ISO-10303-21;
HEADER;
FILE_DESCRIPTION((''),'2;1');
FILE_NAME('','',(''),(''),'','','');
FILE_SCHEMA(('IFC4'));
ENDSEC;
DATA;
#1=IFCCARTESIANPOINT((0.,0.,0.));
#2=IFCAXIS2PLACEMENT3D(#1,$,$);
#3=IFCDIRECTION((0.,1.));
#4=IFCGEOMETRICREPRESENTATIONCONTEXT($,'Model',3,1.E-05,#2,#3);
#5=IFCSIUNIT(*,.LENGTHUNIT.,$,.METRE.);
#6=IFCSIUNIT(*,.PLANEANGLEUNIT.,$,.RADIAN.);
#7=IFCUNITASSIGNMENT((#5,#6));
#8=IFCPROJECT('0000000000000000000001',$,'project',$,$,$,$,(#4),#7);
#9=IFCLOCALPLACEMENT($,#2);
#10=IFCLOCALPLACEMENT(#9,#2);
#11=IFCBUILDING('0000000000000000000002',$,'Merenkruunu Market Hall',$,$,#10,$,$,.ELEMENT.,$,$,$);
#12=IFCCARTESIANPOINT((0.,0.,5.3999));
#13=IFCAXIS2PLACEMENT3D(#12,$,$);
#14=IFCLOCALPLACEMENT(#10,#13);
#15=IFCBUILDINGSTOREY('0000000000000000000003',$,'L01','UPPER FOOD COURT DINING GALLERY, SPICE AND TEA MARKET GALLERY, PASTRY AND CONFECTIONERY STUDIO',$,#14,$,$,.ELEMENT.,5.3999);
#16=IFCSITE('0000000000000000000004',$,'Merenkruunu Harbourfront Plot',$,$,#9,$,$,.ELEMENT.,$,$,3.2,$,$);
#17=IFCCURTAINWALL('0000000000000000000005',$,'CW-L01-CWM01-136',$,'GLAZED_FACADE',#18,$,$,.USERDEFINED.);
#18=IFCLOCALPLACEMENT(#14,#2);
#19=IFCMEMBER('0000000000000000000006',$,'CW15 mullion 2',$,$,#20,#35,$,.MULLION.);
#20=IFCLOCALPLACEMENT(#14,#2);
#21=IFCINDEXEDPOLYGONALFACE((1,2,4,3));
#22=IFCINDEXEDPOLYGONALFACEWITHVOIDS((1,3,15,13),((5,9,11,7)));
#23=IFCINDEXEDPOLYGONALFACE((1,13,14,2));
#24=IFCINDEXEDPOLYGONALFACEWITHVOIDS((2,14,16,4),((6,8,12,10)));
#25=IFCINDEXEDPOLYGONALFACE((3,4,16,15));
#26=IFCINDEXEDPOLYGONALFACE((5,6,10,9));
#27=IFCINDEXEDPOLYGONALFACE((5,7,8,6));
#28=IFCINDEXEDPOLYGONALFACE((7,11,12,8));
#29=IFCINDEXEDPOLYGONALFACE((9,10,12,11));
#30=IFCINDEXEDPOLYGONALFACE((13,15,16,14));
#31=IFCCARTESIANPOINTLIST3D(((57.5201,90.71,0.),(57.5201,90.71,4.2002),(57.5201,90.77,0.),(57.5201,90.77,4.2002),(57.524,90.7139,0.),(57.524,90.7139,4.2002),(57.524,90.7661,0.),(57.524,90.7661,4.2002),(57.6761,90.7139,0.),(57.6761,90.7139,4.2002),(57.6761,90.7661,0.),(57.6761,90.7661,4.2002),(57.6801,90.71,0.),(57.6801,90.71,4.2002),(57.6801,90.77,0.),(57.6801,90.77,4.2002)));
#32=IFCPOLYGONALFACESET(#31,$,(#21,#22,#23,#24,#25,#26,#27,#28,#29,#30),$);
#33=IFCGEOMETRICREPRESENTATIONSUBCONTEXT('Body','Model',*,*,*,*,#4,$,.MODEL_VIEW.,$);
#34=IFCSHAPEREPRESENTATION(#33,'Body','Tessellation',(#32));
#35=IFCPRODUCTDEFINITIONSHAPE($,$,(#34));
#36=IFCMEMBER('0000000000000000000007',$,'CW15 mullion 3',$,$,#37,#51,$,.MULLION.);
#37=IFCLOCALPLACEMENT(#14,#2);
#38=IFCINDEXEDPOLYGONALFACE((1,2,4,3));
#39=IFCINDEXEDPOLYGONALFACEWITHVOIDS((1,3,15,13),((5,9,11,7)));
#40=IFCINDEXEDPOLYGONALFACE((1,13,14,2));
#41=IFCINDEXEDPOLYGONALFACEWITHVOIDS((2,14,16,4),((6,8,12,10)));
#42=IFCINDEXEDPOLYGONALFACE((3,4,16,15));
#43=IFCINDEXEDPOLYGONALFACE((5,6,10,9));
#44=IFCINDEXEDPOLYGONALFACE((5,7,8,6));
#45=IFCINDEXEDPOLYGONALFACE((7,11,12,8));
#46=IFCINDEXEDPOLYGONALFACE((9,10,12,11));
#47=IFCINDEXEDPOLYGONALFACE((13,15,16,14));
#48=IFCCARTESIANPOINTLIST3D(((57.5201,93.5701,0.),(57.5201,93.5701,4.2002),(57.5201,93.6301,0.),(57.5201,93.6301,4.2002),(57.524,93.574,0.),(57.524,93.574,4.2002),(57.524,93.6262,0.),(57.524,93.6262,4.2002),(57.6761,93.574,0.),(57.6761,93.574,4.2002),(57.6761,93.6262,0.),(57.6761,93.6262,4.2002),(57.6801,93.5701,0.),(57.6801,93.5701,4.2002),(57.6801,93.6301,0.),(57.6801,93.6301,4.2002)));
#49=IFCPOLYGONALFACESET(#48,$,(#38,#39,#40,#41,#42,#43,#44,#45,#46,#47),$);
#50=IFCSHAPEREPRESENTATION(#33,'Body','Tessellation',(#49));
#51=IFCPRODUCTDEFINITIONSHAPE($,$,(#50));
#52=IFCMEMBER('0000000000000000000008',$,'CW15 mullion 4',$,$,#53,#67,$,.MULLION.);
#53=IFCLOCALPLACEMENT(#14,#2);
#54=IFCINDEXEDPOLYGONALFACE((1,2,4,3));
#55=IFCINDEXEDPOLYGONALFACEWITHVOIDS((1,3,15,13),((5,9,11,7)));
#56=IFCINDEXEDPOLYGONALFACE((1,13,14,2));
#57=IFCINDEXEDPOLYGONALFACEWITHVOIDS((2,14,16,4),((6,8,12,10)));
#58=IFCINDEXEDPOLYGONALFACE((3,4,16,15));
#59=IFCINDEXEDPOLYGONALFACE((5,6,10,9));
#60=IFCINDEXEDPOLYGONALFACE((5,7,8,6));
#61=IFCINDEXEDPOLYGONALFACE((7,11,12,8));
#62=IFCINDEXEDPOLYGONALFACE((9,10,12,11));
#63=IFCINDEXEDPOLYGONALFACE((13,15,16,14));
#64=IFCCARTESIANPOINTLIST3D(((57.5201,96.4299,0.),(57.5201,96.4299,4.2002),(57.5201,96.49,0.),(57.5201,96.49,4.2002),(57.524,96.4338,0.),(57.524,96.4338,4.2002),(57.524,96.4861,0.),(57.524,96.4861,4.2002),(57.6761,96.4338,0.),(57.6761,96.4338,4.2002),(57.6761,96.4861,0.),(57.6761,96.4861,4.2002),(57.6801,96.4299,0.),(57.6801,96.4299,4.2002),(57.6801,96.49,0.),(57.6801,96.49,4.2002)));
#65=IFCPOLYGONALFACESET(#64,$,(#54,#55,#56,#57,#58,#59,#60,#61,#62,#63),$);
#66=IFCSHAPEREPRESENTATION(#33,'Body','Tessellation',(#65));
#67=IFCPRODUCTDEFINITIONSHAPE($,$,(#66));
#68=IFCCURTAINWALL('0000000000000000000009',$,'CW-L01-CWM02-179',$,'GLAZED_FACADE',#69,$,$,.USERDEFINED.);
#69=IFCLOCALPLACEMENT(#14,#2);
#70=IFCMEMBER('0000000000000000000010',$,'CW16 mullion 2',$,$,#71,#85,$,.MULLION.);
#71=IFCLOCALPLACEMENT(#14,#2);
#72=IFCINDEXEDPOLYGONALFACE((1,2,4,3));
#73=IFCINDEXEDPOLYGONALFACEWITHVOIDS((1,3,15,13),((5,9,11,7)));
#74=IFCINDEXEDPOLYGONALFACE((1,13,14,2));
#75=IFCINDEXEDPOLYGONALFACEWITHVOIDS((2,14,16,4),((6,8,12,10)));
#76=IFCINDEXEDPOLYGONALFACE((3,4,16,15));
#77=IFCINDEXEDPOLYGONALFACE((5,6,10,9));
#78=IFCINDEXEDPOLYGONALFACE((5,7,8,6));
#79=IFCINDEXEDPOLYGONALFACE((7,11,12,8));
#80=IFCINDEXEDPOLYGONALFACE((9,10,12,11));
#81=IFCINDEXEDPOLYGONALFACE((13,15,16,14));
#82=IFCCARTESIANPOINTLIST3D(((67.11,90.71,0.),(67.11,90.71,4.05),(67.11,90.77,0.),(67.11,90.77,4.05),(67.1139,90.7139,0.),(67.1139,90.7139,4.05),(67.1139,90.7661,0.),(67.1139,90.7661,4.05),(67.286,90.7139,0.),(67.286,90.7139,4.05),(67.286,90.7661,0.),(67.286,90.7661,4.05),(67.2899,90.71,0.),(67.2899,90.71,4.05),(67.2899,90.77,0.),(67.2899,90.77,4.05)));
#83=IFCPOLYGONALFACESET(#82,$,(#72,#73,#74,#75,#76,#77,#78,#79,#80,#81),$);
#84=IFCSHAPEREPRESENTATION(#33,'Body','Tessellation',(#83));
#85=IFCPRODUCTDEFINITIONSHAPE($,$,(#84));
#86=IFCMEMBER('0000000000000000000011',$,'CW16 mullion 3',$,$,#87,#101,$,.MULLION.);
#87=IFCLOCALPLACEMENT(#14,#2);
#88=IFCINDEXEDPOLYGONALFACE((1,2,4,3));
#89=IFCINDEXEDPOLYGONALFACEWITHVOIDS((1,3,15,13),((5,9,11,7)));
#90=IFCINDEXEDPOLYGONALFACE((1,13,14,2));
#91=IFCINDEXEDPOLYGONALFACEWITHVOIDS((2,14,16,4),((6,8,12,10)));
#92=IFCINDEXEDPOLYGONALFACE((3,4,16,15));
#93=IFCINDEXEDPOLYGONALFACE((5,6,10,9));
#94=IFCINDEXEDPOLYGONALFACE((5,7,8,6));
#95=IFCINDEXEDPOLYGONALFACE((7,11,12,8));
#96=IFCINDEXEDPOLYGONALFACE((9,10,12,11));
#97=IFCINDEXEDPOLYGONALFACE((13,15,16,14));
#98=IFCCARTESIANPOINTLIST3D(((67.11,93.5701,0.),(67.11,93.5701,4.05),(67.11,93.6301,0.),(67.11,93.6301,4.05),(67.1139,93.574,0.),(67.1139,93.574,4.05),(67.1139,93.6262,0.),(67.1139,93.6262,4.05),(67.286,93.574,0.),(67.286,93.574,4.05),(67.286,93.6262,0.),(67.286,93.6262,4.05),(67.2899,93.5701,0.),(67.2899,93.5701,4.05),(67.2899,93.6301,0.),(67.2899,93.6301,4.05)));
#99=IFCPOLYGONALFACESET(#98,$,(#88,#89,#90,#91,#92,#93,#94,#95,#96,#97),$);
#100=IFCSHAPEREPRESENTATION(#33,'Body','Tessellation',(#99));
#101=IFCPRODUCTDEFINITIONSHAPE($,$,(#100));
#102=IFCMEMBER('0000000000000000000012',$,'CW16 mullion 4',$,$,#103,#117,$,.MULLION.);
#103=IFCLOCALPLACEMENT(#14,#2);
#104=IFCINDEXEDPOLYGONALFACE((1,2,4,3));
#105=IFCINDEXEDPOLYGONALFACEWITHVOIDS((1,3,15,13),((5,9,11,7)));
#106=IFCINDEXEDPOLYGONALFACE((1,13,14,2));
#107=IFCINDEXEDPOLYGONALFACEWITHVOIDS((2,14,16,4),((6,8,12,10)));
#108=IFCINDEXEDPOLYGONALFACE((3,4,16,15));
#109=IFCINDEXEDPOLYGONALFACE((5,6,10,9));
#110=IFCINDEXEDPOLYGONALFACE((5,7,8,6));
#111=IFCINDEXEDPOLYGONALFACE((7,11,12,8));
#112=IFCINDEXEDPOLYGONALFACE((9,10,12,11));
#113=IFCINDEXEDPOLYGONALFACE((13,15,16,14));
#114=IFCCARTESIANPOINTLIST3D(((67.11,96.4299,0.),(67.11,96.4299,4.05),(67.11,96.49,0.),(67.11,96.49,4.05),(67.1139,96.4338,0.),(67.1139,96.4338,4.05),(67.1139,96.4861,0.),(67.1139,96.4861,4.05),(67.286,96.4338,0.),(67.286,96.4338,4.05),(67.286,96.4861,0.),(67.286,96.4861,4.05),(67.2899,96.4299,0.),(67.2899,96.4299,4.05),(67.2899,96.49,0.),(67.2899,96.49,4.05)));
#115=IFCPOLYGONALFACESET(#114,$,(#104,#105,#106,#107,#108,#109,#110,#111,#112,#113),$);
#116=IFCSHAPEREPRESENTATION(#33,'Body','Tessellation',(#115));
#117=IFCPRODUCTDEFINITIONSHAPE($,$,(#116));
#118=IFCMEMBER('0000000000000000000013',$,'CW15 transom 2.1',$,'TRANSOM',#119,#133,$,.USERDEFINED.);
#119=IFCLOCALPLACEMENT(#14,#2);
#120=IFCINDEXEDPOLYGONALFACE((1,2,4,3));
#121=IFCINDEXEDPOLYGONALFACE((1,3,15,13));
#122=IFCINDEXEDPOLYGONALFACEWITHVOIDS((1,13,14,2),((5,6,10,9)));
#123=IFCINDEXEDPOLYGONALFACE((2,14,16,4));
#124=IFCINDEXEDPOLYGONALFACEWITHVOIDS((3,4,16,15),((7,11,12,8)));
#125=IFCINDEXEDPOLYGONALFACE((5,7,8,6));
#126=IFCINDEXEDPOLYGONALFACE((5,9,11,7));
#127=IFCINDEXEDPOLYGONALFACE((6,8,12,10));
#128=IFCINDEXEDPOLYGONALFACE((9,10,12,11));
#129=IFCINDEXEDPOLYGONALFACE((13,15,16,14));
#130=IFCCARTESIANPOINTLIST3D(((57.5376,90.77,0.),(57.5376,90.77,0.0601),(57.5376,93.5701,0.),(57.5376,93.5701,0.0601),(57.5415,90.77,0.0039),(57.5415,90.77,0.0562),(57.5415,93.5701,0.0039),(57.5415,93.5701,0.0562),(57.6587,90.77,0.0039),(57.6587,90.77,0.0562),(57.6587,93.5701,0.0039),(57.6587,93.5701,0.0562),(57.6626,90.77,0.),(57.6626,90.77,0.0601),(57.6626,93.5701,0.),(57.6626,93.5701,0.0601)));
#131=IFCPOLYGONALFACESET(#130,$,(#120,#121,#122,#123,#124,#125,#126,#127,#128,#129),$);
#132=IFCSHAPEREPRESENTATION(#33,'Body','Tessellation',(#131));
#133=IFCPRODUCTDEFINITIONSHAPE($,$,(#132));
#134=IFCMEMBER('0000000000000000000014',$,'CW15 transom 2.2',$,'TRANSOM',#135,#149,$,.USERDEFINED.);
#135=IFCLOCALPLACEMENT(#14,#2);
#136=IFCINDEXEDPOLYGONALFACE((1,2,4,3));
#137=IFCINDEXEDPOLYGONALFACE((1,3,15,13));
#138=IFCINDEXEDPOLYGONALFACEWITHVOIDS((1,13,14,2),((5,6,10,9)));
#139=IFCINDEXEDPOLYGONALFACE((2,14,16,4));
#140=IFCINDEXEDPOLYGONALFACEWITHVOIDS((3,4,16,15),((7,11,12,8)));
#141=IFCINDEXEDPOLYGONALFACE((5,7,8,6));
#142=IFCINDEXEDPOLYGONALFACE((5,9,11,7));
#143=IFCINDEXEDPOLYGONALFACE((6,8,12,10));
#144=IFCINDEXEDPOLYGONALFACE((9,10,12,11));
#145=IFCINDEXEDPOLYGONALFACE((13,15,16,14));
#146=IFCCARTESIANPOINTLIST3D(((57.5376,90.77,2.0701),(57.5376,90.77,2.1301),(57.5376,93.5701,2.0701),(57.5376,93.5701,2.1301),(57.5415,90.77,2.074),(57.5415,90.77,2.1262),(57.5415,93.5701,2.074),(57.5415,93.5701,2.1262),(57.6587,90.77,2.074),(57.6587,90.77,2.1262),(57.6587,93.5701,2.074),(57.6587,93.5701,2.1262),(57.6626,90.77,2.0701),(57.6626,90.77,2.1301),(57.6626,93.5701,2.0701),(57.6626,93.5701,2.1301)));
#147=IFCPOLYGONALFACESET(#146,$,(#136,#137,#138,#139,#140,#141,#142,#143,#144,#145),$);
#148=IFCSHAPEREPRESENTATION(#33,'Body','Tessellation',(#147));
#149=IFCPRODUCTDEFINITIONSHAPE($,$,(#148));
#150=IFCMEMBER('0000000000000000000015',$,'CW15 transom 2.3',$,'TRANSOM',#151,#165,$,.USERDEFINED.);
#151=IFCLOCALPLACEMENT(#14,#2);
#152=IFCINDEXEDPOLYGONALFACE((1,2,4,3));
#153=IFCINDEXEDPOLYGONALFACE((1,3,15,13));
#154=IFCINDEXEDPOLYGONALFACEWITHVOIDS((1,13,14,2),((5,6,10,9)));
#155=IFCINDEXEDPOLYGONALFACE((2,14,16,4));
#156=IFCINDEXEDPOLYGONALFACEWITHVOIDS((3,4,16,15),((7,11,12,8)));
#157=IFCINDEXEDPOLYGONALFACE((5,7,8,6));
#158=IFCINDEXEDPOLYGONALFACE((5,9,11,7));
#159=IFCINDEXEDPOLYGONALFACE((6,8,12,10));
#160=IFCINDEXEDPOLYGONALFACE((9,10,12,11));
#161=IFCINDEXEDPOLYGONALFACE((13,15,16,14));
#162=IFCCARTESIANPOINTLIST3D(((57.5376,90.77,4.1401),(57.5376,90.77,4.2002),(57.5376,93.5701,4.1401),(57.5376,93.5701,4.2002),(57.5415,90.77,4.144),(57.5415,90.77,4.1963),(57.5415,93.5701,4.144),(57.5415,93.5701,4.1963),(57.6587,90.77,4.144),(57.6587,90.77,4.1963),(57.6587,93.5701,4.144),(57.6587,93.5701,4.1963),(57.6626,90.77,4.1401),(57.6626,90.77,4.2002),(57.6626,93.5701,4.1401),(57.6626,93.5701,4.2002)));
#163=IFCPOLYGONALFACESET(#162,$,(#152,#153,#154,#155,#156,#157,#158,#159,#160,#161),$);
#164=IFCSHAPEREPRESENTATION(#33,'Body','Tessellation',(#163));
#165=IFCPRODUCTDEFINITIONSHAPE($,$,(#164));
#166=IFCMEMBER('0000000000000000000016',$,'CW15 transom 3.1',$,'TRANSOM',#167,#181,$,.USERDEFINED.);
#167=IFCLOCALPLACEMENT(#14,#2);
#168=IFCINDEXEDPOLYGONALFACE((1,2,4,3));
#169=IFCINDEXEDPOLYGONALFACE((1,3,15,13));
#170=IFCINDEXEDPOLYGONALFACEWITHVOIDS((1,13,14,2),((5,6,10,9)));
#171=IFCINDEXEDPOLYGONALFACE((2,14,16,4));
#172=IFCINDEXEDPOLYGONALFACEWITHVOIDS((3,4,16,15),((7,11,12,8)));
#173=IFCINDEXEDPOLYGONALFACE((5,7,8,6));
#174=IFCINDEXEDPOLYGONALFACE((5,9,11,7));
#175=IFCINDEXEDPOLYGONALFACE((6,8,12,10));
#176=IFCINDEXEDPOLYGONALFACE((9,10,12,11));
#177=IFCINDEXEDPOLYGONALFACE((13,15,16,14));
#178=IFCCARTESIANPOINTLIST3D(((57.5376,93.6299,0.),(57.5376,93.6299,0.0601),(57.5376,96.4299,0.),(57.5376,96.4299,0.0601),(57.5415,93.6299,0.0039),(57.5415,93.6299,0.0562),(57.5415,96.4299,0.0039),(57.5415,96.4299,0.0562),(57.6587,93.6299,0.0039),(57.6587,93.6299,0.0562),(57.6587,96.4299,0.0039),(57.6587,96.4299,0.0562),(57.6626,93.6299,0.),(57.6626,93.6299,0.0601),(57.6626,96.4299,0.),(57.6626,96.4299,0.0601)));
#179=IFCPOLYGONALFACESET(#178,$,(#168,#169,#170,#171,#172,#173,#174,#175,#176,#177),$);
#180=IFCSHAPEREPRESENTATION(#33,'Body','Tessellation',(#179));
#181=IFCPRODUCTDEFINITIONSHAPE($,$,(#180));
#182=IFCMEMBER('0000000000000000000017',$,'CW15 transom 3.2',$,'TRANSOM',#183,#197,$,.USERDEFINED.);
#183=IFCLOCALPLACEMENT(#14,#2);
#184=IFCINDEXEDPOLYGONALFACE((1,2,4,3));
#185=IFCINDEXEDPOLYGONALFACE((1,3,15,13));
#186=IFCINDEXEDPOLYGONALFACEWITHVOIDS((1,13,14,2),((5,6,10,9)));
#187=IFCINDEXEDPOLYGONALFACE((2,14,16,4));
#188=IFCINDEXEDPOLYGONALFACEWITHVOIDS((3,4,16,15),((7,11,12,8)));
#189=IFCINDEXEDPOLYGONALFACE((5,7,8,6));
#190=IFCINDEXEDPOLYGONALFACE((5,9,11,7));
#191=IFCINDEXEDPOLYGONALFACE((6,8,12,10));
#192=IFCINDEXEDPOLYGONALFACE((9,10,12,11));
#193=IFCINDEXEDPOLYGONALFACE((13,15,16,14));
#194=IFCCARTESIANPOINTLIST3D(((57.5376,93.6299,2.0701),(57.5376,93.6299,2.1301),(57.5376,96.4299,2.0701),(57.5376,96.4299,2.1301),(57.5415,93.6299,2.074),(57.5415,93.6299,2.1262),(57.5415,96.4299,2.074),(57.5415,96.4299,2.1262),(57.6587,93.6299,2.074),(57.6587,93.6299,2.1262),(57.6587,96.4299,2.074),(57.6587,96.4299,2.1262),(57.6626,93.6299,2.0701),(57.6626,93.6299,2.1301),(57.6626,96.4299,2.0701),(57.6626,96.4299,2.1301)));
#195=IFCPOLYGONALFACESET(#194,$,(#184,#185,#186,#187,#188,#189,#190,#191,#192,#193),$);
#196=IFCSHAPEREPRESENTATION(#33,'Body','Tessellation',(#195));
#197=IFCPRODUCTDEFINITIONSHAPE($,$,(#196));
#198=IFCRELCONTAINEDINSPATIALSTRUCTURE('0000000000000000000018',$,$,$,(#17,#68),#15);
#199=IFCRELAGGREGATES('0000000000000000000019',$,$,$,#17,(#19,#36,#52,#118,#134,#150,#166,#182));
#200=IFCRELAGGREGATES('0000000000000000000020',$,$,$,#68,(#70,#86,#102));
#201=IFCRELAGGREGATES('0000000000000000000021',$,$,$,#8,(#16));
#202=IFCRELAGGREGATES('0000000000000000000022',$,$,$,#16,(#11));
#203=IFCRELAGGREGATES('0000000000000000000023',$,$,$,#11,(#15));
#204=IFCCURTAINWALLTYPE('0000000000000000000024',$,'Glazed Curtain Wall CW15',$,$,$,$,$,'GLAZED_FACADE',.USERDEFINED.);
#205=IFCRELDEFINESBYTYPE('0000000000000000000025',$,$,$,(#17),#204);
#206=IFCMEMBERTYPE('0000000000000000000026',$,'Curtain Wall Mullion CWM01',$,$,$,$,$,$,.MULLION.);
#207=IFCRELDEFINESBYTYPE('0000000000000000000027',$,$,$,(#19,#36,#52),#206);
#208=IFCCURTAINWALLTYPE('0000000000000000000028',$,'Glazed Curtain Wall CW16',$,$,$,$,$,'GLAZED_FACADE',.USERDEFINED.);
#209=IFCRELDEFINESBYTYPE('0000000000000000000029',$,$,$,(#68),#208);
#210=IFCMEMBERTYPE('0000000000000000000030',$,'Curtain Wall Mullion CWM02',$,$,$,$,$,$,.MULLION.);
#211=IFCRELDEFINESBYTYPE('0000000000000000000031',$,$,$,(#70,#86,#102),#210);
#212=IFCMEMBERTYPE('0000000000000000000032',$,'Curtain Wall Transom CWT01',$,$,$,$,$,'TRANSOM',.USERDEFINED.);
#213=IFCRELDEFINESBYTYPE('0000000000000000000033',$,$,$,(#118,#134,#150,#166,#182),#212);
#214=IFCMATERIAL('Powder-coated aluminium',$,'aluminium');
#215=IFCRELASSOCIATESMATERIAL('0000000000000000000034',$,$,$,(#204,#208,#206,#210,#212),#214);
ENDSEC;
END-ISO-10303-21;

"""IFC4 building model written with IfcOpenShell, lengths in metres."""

from ifc_helpers import new_model, si_unit, direction, frame, origin, origin_2d, place, context, subcontext, project, spatial, hollow_rectangle, extrude, material, material_profile, profile_set, type_object, element, aggregate, save


model = new_model("IFC4")

# Units and contexts
model_context = context("Model", 3, precision=1e-05, world=origin(), true_north=direction((0.0, 1.0)))
body_context = subcontext(model_context, "Body", "Model", "MODEL_VIEW")
ifc_project = project(units=[si_unit("LENGTHUNIT", "METRE"), si_unit("PLANEANGLEUNIT", "RADIAN")], contexts=[model_context])

# Site, building, storey
site_placement = place(None, origin())
site = spatial("IfcSite", under=ifc_project, at=site_placement, Name="Merenkruunu Harbourfront Plot", CompositionType="ELEMENT", RefElevation=3.2)
building_placement = place(site_placement, origin())
building = spatial("IfcBuilding", under=site, at=building_placement, Name="Merenkruunu Market Hall", CompositionType="ELEMENT")
storey_placement = place(building_placement, frame((0.0, 0.0, 5.3999)))
storey = spatial("IfcBuildingStorey", under=building, at=storey_placement, Name="L01", Description="UPPER FOOD COURT DINING GALLERY, SPICE AND TEA MARKET GALLERY, PASTRY AND CONFECTIONERY STUDIO", CompositionType="ELEMENT", Elevation=5.3999)

# Curtain walls, members
ifc_material_1 = material(Name="Powder-coated aluminium", Category="aluminium")
curtain_wall_type_1 = type_object("IfcCurtainWallType", Name="Glazed Curtain Wall CW15", ElementType="GLAZED_FACADE", PredefinedType="USERDEFINED", material=ifc_material_1)
curtain_wall_1_placement = place(storey_placement, origin())
curtain_wall_1 = element("IfcCurtainWall", 1, at=curtain_wall_1_placement, inside=storey, type_object=curtain_wall_type_1, Name="CW-L01-CWM01-136", ObjectType="GLAZED_FACADE", PredefinedType="USERDEFINED")
ifc_material_profile_1 = material_profile(ifc_material_1, hollow_rectangle(XDim=0.0601, YDim=0.1599, WallThickness=0.0039, at=origin_2d()), Name="ALU 60x160x4")
ifc_profile_set_1 = profile_set([ifc_material_profile_1], Name="Powder-coated aluminium")
member_type_1 = type_object("IfcMemberType", Name="Curtain Wall Mullion CWM01", PredefinedType="MULLION", material=ifc_profile_set_1)
member_1_placement = place(storey_placement, frame((57.6001, 90.74, 0.0), z_axis=(0.0, 0.0, 1.0), x_axis=(0.0, 1.0, 0.0)))
member_1 = element("IfcMember", 2, at=member_1_placement, type_object=member_type_1, Name="CW15 mullion 2", PredefinedType="MULLION", context=body_context, shape_type="SweptSolid", body=[
    extrude(hollow_rectangle(XDim=0.0601, YDim=0.1599, WallThickness=0.0039, at=origin_2d()), origin(), (0.0, 0.0, 1.0), 4.2002),
])
member_2_placement = place(storey_placement, frame((57.6001, 93.6001, 0.0), z_axis=(0.0, 0.0, 1.0), x_axis=(0.0, 1.0, 0.0)))
member_2 = element("IfcMember", 3, at=member_2_placement, type_object=member_type_1, Name="CW15 mullion 3", PredefinedType="MULLION", context=body_context, shape_type="SweptSolid", body=[
    extrude(hollow_rectangle(XDim=0.0601, YDim=0.1599, WallThickness=0.0039, at=origin_2d()), origin(), (0.0, 0.0, 1.0), 4.2002),
])
member_3_placement = place(storey_placement, frame((57.6001, 96.46, 0.0), z_axis=(0.0, 0.0, 1.0), x_axis=(0.0, 1.0, 0.0)))
member_3 = element("IfcMember", 4, at=member_3_placement, type_object=member_type_1, Name="CW15 mullion 4", PredefinedType="MULLION", context=body_context, shape_type="SweptSolid", body=[
    extrude(hollow_rectangle(XDim=0.0601, YDim=0.1599, WallThickness=0.0039, at=origin_2d()), origin(), (0.0, 0.0, 1.0), 4.2002),
])
curtain_wall_type_2 = type_object("IfcCurtainWallType", Name="Glazed Curtain Wall CW16", ElementType="GLAZED_FACADE", PredefinedType="USERDEFINED", material=ifc_material_1)
curtain_wall_2_placement = place(storey_placement, origin())
curtain_wall_2 = element("IfcCurtainWall", 5, at=curtain_wall_2_placement, inside=storey, type_object=curtain_wall_type_2, Name="CW-L01-CWM02-179", ObjectType="GLAZED_FACADE", PredefinedType="USERDEFINED")
ifc_material_profile_2 = material_profile(ifc_material_1, hollow_rectangle(XDim=0.0601, YDim=0.1799, WallThickness=0.0039, at=origin_2d()), Name="ALU 60x180x4")
ifc_profile_set_2 = profile_set([ifc_material_profile_2], Name="Powder-coated aluminium")
member_type_2 = type_object("IfcMemberType", Name="Curtain Wall Mullion CWM02", PredefinedType="MULLION", material=ifc_profile_set_2)
member_4_placement = place(storey_placement, frame((67.2, 90.74, 0.0), z_axis=(0.0, 0.0, 1.0), x_axis=(0.0, 1.0, 0.0)))
member_4 = element("IfcMember", 6, at=member_4_placement, type_object=member_type_2, Name="CW16 mullion 2", PredefinedType="MULLION", context=body_context, shape_type="SweptSolid", body=[
    extrude(hollow_rectangle(XDim=0.0601, YDim=0.1799, WallThickness=0.0039, at=origin_2d()), origin(), (0.0, 0.0, 1.0), 4.05),
])
member_5_placement = place(storey_placement, frame((67.2, 93.6001, 0.0), z_axis=(0.0, 0.0, 1.0), x_axis=(0.0, 1.0, 0.0)))
member_5 = element("IfcMember", 7, at=member_5_placement, type_object=member_type_2, Name="CW16 mullion 3", PredefinedType="MULLION", context=body_context, shape_type="SweptSolid", body=[
    extrude(hollow_rectangle(XDim=0.0601, YDim=0.1799, WallThickness=0.0039, at=origin_2d()), origin(), (0.0, 0.0, 1.0), 4.05),
])
member_6_placement = place(storey_placement, frame((67.2, 96.46, 0.0), z_axis=(0.0, 0.0, 1.0), x_axis=(0.0, 1.0, 0.0)))
member_6 = element("IfcMember", 8, at=member_6_placement, type_object=member_type_2, Name="CW16 mullion 4", PredefinedType="MULLION", context=body_context, shape_type="SweptSolid", body=[
    extrude(hollow_rectangle(XDim=0.0601, YDim=0.1799, WallThickness=0.0039, at=origin_2d()), origin(), (0.0, 0.0, 1.0), 4.05),
])

# Members
ifc_material_profile_3 = material_profile(ifc_material_1, hollow_rectangle(XDim=0.0601, YDim=0.125, WallThickness=0.0039, at=origin_2d()), Name="ALU 60x125x4")
ifc_profile_set_3 = profile_set([ifc_material_profile_3], Name="Powder-coated aluminium")
member_type_3 = type_object("IfcMemberType", Name="Curtain Wall Transom CWT01", ElementType="TRANSOM", PredefinedType="USERDEFINED", material=ifc_profile_set_3)
member_7_placement = place(storey_placement, frame((57.6001, 90.77, 0.03), z_axis=(0.0, 1.0, 0.0), x_axis=(0.0, 0.0, 1.0)))
member_7 = element("IfcMember", 9, at=member_7_placement, type_object=member_type_3, Name="CW15 transom 2.1", ObjectType="TRANSOM", PredefinedType="USERDEFINED", context=body_context, shape_type="SweptSolid", body=[
    extrude(hollow_rectangle(XDim=0.0601, YDim=0.125, WallThickness=0.0039, at=origin_2d()), origin(), (0.0, 0.0, 1.0), 2.8),
])
member_8_placement = place(storey_placement, frame((57.6001, 90.77, 2.1001), z_axis=(0.0, 1.0, 0.0), x_axis=(0.0, 0.0, 1.0)))
member_8 = element("IfcMember", 10, at=member_8_placement, type_object=member_type_3, Name="CW15 transom 2.2", ObjectType="TRANSOM", PredefinedType="USERDEFINED", context=body_context, shape_type="SweptSolid", body=[
    extrude(hollow_rectangle(XDim=0.0601, YDim=0.125, WallThickness=0.0039, at=origin_2d()), origin(), (0.0, 0.0, 1.0), 2.8),
])
member_9_placement = place(storey_placement, frame((57.6001, 90.77, 4.1702), z_axis=(0.0, 1.0, 0.0), x_axis=(0.0, 0.0, 1.0)))
member_9 = element("IfcMember", 11, at=member_9_placement, type_object=member_type_3, Name="CW15 transom 2.3", ObjectType="TRANSOM", PredefinedType="USERDEFINED", context=body_context, shape_type="SweptSolid", body=[
    extrude(hollow_rectangle(XDim=0.0601, YDim=0.125, WallThickness=0.0039, at=origin_2d()), origin(), (0.0, 0.0, 1.0), 2.8),
])
member_10_placement = place(storey_placement, frame((57.6001, 93.6299, 0.03), z_axis=(0.0, 1.0, 0.0), x_axis=(0.0, 0.0, 1.0)))
member_10 = element("IfcMember", 12, at=member_10_placement, type_object=member_type_3, Name="CW15 transom 3.1", ObjectType="TRANSOM", PredefinedType="USERDEFINED", context=body_context, shape_type="SweptSolid", body=[
    extrude(hollow_rectangle(XDim=0.0601, YDim=0.125, WallThickness=0.0039, at=origin_2d()), origin(), (0.0, 0.0, 1.0), 2.8),
])
member_11_placement = place(storey_placement, frame((57.6001, 93.6299, 2.1001), z_axis=(0.0, 1.0, 0.0), x_axis=(0.0, 0.0, 1.0)))
member_11 = element("IfcMember", 13, at=member_11_placement, type_object=member_type_3, Name="CW15 transom 3.2", ObjectType="TRANSOM", PredefinedType="USERDEFINED", context=body_context, shape_type="SweptSolid", body=[
    extrude(hollow_rectangle(XDim=0.0601, YDim=0.125, WallThickness=0.0039, at=origin_2d()), origin(), (0.0, 0.0, 1.0), 2.8),
])

aggregate(curtain_wall_1, [member_1, member_2, member_3, member_7, member_8, member_9, member_10, member_11])
aggregate(curtain_wall_2, [member_4, member_5, member_6])

save(model, "model.ifc")
